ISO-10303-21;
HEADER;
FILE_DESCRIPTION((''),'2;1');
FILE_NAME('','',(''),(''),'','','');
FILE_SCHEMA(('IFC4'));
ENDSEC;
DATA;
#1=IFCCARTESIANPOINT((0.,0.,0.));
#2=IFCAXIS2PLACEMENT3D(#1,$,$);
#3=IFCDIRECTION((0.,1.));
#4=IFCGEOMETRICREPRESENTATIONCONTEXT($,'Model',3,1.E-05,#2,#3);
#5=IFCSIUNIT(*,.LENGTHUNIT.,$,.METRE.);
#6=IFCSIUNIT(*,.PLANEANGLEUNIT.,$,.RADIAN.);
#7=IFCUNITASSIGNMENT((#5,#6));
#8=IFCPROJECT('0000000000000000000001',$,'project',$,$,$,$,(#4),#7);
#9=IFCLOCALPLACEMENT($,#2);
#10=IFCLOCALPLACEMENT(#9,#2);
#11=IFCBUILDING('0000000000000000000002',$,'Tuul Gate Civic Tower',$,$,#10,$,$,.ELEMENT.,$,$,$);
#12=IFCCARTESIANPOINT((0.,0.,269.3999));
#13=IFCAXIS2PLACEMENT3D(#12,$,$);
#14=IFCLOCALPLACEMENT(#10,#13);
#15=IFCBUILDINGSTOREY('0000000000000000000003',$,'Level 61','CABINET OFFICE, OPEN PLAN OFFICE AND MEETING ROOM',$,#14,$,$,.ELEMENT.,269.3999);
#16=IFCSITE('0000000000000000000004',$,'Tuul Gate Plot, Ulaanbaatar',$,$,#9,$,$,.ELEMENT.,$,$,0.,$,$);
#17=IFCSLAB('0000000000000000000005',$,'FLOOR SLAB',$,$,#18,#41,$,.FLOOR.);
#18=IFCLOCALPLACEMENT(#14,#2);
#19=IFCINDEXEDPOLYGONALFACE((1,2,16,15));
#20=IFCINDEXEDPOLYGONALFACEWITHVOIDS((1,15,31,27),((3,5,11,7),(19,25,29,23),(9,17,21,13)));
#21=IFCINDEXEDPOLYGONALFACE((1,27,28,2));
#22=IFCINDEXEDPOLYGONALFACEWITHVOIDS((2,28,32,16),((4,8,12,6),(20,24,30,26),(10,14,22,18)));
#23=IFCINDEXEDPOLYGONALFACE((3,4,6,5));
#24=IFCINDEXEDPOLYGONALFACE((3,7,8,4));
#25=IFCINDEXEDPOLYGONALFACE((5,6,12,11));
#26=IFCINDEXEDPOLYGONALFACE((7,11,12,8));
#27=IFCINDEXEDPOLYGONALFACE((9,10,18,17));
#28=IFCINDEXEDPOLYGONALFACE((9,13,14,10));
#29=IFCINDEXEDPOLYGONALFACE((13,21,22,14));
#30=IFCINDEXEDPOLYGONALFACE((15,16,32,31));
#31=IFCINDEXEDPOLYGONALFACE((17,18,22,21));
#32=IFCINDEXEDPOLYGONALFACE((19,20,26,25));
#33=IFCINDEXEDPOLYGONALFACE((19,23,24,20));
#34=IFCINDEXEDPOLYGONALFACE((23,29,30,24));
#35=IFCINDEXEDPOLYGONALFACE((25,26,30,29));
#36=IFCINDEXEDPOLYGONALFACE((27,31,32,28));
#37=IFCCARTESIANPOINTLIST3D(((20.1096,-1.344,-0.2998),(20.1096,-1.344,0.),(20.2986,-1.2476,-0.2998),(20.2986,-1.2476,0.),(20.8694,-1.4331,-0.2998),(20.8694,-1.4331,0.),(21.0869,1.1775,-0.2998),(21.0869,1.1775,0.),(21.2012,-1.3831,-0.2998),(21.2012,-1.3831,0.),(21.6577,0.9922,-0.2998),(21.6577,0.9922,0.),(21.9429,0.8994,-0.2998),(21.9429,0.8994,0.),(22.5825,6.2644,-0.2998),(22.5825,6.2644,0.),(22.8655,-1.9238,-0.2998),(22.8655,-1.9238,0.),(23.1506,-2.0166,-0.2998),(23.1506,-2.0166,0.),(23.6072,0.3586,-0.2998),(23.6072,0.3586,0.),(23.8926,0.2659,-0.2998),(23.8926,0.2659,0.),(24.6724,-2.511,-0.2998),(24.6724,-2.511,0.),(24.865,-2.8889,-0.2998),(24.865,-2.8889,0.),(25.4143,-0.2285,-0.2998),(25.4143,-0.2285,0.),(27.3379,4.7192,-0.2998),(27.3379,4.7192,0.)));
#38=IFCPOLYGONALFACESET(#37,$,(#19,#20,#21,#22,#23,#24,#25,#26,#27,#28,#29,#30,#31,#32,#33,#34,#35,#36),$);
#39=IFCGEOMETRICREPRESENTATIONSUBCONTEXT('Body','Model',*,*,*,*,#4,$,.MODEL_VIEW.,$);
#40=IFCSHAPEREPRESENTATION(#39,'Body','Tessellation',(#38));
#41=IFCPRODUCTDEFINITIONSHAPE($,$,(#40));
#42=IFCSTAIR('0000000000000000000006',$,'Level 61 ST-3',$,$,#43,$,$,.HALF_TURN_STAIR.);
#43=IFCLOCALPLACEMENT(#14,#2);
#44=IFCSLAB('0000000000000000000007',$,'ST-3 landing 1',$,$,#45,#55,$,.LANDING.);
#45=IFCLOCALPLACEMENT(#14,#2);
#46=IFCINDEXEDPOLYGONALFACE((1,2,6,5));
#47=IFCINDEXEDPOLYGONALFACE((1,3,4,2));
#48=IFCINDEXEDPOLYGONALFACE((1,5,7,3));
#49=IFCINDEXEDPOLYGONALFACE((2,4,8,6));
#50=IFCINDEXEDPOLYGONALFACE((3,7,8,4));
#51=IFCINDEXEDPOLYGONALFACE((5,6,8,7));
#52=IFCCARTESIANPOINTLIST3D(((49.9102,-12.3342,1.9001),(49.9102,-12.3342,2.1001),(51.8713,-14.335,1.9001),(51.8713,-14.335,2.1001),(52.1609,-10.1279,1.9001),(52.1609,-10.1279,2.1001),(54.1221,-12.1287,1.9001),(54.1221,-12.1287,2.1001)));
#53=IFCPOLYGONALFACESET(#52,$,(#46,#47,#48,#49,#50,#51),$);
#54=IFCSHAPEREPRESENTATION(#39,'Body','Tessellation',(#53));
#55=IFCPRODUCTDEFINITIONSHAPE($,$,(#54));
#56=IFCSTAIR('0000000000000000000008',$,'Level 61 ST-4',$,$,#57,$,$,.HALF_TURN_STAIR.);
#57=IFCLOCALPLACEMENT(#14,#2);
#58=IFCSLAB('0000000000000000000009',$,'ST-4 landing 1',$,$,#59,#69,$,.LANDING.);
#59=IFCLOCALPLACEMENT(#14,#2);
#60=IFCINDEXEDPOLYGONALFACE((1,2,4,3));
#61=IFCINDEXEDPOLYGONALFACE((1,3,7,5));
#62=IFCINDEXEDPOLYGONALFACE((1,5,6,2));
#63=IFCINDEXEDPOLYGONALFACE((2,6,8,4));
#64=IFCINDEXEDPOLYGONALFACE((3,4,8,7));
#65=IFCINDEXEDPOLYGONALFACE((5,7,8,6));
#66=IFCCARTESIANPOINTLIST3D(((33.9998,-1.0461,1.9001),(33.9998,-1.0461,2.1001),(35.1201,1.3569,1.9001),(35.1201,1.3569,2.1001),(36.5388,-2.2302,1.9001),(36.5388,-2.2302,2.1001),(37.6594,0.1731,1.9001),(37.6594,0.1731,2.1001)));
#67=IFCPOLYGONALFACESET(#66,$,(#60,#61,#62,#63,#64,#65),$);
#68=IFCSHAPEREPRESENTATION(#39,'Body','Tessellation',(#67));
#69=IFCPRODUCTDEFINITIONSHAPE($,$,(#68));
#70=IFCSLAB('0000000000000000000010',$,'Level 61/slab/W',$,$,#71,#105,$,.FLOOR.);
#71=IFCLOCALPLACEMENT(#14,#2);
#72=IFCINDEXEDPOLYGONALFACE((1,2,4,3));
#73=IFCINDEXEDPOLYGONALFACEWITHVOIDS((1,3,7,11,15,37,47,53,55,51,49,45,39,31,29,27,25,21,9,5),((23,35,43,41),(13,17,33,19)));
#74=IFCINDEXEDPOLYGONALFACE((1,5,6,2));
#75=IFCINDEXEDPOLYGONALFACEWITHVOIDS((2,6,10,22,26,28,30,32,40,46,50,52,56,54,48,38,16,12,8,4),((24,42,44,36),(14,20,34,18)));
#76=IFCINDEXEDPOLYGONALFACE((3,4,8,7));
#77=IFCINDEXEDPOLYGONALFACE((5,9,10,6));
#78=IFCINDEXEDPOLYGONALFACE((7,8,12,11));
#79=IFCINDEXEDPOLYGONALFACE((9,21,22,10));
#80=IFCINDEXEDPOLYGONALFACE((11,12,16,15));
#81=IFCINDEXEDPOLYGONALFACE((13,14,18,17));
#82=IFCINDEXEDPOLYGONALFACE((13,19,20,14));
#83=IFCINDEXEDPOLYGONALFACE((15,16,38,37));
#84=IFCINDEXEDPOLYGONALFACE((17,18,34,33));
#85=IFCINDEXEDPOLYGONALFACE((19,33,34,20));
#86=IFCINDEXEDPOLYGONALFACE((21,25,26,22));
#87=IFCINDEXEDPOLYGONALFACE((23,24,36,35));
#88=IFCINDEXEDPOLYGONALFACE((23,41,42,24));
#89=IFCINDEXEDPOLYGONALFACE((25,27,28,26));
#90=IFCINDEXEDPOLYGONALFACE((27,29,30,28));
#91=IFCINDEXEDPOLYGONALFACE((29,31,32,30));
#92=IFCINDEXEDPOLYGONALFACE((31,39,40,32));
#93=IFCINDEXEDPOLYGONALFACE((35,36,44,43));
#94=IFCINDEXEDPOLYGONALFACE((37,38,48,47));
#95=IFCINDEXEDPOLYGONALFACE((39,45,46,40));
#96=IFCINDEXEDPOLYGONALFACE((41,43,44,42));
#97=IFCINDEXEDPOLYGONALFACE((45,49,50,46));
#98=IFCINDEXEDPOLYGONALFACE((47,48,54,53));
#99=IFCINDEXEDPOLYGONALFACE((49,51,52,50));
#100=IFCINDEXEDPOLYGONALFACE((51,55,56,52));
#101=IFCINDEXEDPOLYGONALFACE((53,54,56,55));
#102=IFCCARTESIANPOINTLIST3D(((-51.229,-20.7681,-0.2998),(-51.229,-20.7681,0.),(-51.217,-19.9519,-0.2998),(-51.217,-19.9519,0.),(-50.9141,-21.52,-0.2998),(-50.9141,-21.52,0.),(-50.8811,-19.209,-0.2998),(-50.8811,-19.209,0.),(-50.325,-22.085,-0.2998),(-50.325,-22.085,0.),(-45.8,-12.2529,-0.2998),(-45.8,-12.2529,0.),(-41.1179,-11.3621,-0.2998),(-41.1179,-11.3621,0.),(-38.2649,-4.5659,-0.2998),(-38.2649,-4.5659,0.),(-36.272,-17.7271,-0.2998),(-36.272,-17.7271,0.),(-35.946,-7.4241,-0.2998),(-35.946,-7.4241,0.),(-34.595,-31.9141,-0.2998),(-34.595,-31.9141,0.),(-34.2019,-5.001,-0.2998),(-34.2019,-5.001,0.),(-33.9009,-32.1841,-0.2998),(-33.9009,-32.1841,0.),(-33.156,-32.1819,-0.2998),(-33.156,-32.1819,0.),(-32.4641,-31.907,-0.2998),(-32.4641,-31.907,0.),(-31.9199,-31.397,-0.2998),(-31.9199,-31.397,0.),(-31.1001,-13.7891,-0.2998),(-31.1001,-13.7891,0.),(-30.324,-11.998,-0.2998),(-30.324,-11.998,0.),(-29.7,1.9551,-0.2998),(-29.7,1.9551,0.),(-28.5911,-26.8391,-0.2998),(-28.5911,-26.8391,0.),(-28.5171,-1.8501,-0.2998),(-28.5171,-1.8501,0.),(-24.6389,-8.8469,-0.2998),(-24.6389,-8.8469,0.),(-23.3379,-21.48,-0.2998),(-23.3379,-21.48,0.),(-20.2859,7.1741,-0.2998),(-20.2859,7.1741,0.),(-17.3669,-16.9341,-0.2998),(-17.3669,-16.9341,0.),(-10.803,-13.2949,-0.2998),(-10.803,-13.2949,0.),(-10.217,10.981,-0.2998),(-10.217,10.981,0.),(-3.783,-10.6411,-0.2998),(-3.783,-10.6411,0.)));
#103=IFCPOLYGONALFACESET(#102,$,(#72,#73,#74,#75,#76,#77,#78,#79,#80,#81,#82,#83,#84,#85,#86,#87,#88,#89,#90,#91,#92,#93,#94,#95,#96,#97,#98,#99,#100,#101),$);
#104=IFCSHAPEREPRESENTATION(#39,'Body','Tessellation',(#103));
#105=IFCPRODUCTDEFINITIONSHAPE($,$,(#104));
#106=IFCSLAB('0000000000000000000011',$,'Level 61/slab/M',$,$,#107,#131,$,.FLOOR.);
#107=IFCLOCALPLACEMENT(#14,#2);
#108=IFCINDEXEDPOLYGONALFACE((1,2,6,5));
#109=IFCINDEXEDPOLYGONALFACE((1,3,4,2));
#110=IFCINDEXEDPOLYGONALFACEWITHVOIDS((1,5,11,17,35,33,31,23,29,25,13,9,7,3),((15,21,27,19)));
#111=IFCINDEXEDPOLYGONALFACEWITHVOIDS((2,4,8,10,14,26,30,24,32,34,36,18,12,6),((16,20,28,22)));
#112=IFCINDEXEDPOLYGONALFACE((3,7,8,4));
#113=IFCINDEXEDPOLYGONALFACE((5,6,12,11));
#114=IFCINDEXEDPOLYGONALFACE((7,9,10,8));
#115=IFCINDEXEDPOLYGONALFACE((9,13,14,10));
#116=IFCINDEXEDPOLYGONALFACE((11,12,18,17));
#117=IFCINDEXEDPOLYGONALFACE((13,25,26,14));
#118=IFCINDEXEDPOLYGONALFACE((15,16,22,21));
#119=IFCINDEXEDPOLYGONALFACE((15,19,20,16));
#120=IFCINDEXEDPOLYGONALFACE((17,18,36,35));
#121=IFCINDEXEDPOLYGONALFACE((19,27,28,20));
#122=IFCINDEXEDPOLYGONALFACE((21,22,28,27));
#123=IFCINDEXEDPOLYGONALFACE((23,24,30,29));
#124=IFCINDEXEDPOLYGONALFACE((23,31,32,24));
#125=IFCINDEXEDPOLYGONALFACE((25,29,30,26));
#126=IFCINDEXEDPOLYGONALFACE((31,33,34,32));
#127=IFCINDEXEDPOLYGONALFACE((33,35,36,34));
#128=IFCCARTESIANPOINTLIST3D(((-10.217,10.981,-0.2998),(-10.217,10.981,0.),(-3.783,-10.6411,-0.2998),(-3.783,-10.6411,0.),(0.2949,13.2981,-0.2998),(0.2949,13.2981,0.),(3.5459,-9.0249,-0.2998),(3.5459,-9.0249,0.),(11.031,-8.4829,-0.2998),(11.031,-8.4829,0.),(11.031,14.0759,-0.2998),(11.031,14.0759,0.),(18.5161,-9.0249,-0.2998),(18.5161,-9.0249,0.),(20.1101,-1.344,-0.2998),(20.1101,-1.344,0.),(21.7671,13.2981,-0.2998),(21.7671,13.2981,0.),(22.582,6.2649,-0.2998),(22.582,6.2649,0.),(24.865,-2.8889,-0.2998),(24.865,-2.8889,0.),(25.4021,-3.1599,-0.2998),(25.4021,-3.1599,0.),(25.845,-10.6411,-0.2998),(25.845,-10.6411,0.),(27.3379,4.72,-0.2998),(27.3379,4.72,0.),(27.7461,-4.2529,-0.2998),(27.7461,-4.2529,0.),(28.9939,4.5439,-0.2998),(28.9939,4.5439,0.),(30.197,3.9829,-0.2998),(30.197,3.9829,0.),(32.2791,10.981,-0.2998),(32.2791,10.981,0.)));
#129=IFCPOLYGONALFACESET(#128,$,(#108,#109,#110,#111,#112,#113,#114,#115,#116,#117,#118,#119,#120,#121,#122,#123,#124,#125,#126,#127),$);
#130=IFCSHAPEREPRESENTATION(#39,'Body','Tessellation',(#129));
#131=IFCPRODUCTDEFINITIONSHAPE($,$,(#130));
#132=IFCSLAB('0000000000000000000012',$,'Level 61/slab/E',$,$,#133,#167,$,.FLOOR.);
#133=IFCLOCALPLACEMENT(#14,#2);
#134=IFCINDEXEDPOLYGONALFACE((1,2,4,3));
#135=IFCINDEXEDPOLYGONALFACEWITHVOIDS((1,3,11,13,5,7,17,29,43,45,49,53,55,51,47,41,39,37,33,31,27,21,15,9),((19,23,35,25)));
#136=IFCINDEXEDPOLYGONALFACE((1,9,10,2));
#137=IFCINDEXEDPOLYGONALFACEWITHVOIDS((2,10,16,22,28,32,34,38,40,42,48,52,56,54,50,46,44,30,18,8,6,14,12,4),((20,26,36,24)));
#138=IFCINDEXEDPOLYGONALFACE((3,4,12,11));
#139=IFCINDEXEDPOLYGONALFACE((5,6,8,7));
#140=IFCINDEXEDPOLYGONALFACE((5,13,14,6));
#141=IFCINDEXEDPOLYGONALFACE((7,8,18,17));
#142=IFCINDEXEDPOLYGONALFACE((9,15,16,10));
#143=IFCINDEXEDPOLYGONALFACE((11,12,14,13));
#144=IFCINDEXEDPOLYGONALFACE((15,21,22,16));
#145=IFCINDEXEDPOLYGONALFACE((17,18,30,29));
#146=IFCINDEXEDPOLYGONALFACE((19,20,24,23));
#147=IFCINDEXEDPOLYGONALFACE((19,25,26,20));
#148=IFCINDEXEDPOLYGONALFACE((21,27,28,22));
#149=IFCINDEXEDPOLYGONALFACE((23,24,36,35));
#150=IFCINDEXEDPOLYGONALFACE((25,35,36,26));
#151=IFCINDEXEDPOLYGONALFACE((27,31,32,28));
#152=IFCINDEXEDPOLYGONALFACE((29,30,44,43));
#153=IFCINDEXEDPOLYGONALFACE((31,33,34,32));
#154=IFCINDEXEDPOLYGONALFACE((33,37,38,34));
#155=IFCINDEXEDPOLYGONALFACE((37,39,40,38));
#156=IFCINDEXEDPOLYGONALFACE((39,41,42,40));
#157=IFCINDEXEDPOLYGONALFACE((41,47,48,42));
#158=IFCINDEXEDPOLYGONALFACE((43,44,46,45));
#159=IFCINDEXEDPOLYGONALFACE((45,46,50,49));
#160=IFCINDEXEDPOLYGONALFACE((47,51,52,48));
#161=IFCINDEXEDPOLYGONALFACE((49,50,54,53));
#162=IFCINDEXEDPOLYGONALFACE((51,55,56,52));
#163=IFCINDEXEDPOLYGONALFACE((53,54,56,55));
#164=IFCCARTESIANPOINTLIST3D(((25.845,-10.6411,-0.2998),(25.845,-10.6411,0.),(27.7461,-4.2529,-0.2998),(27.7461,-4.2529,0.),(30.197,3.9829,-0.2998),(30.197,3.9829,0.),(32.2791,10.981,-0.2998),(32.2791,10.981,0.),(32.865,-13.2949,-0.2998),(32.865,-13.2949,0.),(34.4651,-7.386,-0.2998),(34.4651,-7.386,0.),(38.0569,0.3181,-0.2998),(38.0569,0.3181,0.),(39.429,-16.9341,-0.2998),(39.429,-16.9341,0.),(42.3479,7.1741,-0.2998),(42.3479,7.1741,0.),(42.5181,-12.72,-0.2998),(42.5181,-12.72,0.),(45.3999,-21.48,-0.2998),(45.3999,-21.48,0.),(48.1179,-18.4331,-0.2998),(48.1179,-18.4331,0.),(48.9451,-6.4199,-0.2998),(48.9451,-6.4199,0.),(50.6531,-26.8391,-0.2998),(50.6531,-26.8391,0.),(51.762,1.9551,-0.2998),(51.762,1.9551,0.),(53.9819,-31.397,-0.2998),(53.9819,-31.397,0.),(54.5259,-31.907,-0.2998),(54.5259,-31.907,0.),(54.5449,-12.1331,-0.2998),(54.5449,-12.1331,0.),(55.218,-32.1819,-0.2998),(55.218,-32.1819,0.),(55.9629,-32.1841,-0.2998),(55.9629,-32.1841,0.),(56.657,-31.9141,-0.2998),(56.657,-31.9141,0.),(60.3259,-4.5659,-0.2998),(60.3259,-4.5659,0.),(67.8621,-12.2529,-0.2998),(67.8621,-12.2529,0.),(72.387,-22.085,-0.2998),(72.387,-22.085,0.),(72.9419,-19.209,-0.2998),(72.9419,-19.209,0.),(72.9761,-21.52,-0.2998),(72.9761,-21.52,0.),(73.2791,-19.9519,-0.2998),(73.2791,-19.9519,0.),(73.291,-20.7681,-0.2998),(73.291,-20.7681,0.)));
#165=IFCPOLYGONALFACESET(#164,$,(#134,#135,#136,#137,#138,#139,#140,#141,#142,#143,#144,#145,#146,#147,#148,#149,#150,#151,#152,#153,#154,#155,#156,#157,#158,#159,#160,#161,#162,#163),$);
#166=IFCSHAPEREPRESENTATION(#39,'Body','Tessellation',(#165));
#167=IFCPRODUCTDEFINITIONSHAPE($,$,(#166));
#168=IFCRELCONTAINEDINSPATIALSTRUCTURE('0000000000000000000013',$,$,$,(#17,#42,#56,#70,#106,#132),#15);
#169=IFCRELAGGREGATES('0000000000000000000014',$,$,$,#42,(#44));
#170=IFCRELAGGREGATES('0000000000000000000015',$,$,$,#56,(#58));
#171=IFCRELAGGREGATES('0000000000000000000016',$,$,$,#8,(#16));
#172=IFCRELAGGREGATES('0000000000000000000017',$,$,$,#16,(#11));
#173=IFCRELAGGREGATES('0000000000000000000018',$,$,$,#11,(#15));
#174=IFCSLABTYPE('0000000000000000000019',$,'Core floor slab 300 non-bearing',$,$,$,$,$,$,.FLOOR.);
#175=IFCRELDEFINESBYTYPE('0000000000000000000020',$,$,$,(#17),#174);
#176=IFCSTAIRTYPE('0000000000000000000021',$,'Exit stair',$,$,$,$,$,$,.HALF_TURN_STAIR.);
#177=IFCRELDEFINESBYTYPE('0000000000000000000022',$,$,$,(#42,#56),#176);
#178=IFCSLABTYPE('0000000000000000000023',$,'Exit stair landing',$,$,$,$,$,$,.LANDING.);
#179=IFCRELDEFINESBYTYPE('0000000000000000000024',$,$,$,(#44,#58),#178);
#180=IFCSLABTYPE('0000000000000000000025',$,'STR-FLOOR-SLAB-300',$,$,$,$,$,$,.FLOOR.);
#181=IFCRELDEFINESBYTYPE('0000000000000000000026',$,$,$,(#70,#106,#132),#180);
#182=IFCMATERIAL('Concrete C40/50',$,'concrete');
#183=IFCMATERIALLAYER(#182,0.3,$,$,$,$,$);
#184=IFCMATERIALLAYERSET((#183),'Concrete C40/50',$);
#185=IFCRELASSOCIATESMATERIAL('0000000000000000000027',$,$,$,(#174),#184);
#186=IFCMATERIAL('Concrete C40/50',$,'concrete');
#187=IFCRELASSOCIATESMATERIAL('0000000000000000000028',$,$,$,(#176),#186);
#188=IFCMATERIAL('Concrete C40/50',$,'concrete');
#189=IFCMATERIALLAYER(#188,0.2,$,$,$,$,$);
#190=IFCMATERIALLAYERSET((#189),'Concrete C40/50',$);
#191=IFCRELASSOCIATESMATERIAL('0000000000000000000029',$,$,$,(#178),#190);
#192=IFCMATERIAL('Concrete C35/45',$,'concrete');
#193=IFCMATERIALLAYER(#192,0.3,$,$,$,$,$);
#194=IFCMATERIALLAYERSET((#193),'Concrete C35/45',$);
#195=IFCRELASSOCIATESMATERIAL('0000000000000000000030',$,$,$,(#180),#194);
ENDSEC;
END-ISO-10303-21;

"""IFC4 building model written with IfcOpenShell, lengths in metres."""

from ifc_helpers import new_model, si_unit, direction, frame, origin, place, context, subcontext, project, spatial, polyline, outline, extrude, material, layer, layer_set, type_object, element, aggregate, save


model = new_model("IFC4")

# Units and contexts
model_context = context("Model", 3, precision=1e-05, world=origin(), true_north=direction((0.0, 1.0)))
body_context = subcontext(model_context, "Body", "Model", "MODEL_VIEW")
ifc_project = project(units=[si_unit("LENGTHUNIT", "METRE"), si_unit("PLANEANGLEUNIT", "RADIAN")], contexts=[model_context])

# Site, building, storey
site_placement = place(None, origin())
site = spatial("IfcSite", under=ifc_project, at=site_placement, Name="Tuul Gate Plot, Ulaanbaatar", CompositionType="ELEMENT", RefElevation=0.0)
building_placement = place(site_placement, origin())
building = spatial("IfcBuilding", under=site, at=building_placement, Name="Tuul Gate Civic Tower", CompositionType="ELEMENT")
storey_placement = place(building_placement, frame((0.0, 0.0, 269.3999)))
storey = spatial("IfcBuildingStorey", under=building, at=storey_placement, Name="Level 61", Description="CABINET OFFICE, OPEN PLAN OFFICE AND MEETING ROOM", CompositionType="ELEMENT", Elevation=269.3999)

# Slab
ifc_material_1 = material(Name="Concrete C40/50", Category="concrete")
ifc_layer_1 = layer(ifc_material_1, 0.3)
ifc_layer_set_1 = layer_set([ifc_layer_1], Name="Concrete C40/50")
slab_type_1 = type_object("IfcSlabType", Name="Core floor slab 300 non-bearing", PredefinedType="FLOOR", material=ifc_layer_set_1)
slab_1_placement = place(storey_placement, frame((0.0, 0.0, -0.2998)))
element("IfcSlab", 1, at=slab_1_placement, inside=storey, type_object=slab_type_1, Name="FLOOR SLAB", PredefinedType="FLOOR", context=body_context, shape_type="SweptSolid", body=[
    extrude(outline(polyline([(24.865, -2.8889), (27.3379, 4.7192), (22.5825, 6.2644), (20.1096, -1.344), (24.865, -2.8889)]), holes=[polyline([(24.6724, -2.511), (25.4143, -0.2285), (23.8926, 0.2659), (23.1506, -2.0166), (24.6724, -2.511)]), polyline([(22.8655, -1.9238), (23.6072, 0.3586), (21.9429, 0.8994), (21.2012, -1.3831), (22.8655, -1.9238)]), polyline([(20.8694, -1.4331), (21.6577, 0.9922), (21.0869, 1.1775), (20.2986, -1.2476), (20.8694, -1.4331)])]), origin(), (0.0, 0.0, 1.0), 0.2998),
])

# Stairs, slabs
ifc_material_2 = material(Name="Concrete C40/50", Category="concrete")
stair_type = type_object("IfcStairType", Name="Exit stair", PredefinedType="HALF_TURN_STAIR", material=ifc_material_2)
stair_1_placement = place(storey_placement, origin())
stair_1 = element("IfcStair", 2, at=stair_1_placement, inside=storey, type_object=stair_type, Name="Level 61 ST-3", PredefinedType="HALF_TURN_STAIR")
ifc_material_3 = material(Name="Concrete C40/50", Category="concrete")
ifc_layer_2 = layer(ifc_material_3, 0.2)
ifc_layer_set_2 = layer_set([ifc_layer_2], Name="Concrete C40/50")
slab_type_2 = type_object("IfcSlabType", Name="Exit stair landing", PredefinedType="LANDING", material=ifc_layer_set_2)
slab_2_placement = place(storey_placement, frame((0.0, 0.0, 1.9001)))
slab_2 = element("IfcSlab", 3, at=slab_2_placement, type_object=slab_type_2, Name="ST-3 landing 1", PredefinedType="LANDING", context=body_context, shape_type="SweptSolid", body=[
    extrude(outline(polyline([(51.8713, -14.335), (49.9102, -12.3342), (52.1609, -10.1279), (54.1221, -12.1287), (51.8713, -14.335)])), origin(), (0.0, 0.0, 1.0), 0.2),
])
aggregate(stair_1, [slab_2])
stair_2_placement = place(storey_placement, origin())
stair_2 = element("IfcStair", 4, at=stair_2_placement, inside=storey, type_object=stair_type, Name="Level 61 ST-4", PredefinedType="HALF_TURN_STAIR")
slab_3_placement = place(storey_placement, frame((0.0, 0.0, 1.9001)))
slab_3 = element("IfcSlab", 5, at=slab_3_placement, type_object=slab_type_2, Name="ST-4 landing 1", PredefinedType="LANDING", context=body_context, shape_type="SweptSolid", body=[
    extrude(outline(polyline([(36.5388, -2.2302), (33.9998, -1.0461), (35.1201, 1.3569), (37.6594, 0.1731), (36.5388, -2.2302)])), origin(), (0.0, 0.0, 1.0), 0.2),
])
aggregate(stair_2, [slab_3])

# Slabs
ifc_material_4 = material(Name="Concrete C35/45", Category="concrete")
ifc_layer_3 = layer(ifc_material_4, 0.3)
ifc_layer_set_3 = layer_set([ifc_layer_3], Name="Concrete C35/45")
slab_type_3 = type_object("IfcSlabType", Name="STR-FLOOR-SLAB-300", PredefinedType="FLOOR", material=ifc_layer_set_3)
slab_4_placement = place(storey_placement, frame((0.0, 0.0, -0.2998)))
element("IfcSlab", 6, at=slab_4_placement, inside=storey, type_object=slab_type_3, Name="Level 61/slab/W", PredefinedType="FLOOR", context=body_context, shape_type="SweptSolid", body=[
    extrude(outline(polyline([(-10.803, -13.2949), (-3.783, -10.6411), (-10.217, 10.981), (-20.2859, 7.1741), (-29.7, 1.9551), (-38.2649, -4.5659), (-45.8, -12.2529), (-50.8811, -19.209), (-51.217, -19.9519), (-51.229, -20.7681), (-50.9141, -21.52), (-50.325, -22.085), (-34.595, -31.9141), (-33.9009, -32.1841), (-33.156, -32.1819), (-32.4641, -31.907), (-31.9199, -31.397), (-28.5911, -26.8391), (-23.3379, -21.48), (-17.3669, -16.9341), (-10.803, -13.2949)]), holes=[polyline([(-31.1001, -13.7891), (-36.272, -17.7271), (-41.1179, -11.3621), (-35.946, -7.4241), (-31.1001, -13.7891)]), polyline([(-24.6389, -8.8469), (-30.324, -11.998), (-34.2019, -5.001), (-28.5171, -1.8501), (-24.6389, -8.8469)])]), origin(), (0.0, 0.0, 1.0), 0.2998),
])
slab_5_placement = place(storey_placement, frame((0.0, 0.0, -0.2998)))
element("IfcSlab", 7, at=slab_5_placement, inside=storey, type_object=slab_type_3, Name="Level 61/slab/M", PredefinedType="FLOOR", context=body_context, shape_type="SweptSolid", body=[
    extrude(outline(polyline([(18.5161, -9.0249), (25.845, -10.6411), (27.7461, -4.2529), (25.4021, -3.1599), (28.9939, 4.5439), (30.197, 3.9829), (32.2791, 10.981), (21.7671, 13.2981), (11.031, 14.0759), (0.2949, 13.2981), (-10.217, 10.981), (-3.783, -10.6411), (3.5459, -9.0249), (11.031, -8.4829), (18.5161, -9.0249)]), holes=[polyline([(20.1101, -1.344), (22.582, 6.2649), (27.3379, 4.72), (24.865, -2.8889), (20.1101, -1.344)])]), origin(), (0.0, 0.0, 1.0), 0.2998),
])
slab_6_placement = place(storey_placement, frame((0.0, 0.0, -0.2998)))
element("IfcSlab", 8, at=slab_6_placement, inside=storey, type_object=slab_type_3, Name="Level 61/slab/E", PredefinedType="FLOOR", context=body_context, shape_type="SweptSolid", body=[
    extrude(outline(polyline([(55.9629, -32.1841), (56.657, -31.9141), (72.387, -22.085), (72.9761, -21.52), (73.291, -20.7681), (73.2791, -19.9519), (72.9419, -19.209), (67.8621, -12.2529), (60.3259, -4.5659), (51.762, 1.9551), (42.3479, 7.1741), (32.2791, 10.981), (30.197, 3.9829), (38.0569, 0.3181), (34.4651, -7.386), (27.7461, -4.2529), (25.845, -10.6411), (32.865, -13.2949), (39.429, -16.9341), (45.3999, -21.48), (50.6531, -26.8391), (53.9819, -31.397), (54.5259, -31.907), (55.218, -32.1819), (55.9629, -32.1841)]), holes=[polyline([(48.1179, -18.4331), (42.5181, -12.72), (48.9451, -6.4199), (54.5449, -12.1331), (48.1179, -18.4331)])]), origin(), (0.0, 0.0, 1.0), 0.2998),
])

save(model, "model.ifc")
